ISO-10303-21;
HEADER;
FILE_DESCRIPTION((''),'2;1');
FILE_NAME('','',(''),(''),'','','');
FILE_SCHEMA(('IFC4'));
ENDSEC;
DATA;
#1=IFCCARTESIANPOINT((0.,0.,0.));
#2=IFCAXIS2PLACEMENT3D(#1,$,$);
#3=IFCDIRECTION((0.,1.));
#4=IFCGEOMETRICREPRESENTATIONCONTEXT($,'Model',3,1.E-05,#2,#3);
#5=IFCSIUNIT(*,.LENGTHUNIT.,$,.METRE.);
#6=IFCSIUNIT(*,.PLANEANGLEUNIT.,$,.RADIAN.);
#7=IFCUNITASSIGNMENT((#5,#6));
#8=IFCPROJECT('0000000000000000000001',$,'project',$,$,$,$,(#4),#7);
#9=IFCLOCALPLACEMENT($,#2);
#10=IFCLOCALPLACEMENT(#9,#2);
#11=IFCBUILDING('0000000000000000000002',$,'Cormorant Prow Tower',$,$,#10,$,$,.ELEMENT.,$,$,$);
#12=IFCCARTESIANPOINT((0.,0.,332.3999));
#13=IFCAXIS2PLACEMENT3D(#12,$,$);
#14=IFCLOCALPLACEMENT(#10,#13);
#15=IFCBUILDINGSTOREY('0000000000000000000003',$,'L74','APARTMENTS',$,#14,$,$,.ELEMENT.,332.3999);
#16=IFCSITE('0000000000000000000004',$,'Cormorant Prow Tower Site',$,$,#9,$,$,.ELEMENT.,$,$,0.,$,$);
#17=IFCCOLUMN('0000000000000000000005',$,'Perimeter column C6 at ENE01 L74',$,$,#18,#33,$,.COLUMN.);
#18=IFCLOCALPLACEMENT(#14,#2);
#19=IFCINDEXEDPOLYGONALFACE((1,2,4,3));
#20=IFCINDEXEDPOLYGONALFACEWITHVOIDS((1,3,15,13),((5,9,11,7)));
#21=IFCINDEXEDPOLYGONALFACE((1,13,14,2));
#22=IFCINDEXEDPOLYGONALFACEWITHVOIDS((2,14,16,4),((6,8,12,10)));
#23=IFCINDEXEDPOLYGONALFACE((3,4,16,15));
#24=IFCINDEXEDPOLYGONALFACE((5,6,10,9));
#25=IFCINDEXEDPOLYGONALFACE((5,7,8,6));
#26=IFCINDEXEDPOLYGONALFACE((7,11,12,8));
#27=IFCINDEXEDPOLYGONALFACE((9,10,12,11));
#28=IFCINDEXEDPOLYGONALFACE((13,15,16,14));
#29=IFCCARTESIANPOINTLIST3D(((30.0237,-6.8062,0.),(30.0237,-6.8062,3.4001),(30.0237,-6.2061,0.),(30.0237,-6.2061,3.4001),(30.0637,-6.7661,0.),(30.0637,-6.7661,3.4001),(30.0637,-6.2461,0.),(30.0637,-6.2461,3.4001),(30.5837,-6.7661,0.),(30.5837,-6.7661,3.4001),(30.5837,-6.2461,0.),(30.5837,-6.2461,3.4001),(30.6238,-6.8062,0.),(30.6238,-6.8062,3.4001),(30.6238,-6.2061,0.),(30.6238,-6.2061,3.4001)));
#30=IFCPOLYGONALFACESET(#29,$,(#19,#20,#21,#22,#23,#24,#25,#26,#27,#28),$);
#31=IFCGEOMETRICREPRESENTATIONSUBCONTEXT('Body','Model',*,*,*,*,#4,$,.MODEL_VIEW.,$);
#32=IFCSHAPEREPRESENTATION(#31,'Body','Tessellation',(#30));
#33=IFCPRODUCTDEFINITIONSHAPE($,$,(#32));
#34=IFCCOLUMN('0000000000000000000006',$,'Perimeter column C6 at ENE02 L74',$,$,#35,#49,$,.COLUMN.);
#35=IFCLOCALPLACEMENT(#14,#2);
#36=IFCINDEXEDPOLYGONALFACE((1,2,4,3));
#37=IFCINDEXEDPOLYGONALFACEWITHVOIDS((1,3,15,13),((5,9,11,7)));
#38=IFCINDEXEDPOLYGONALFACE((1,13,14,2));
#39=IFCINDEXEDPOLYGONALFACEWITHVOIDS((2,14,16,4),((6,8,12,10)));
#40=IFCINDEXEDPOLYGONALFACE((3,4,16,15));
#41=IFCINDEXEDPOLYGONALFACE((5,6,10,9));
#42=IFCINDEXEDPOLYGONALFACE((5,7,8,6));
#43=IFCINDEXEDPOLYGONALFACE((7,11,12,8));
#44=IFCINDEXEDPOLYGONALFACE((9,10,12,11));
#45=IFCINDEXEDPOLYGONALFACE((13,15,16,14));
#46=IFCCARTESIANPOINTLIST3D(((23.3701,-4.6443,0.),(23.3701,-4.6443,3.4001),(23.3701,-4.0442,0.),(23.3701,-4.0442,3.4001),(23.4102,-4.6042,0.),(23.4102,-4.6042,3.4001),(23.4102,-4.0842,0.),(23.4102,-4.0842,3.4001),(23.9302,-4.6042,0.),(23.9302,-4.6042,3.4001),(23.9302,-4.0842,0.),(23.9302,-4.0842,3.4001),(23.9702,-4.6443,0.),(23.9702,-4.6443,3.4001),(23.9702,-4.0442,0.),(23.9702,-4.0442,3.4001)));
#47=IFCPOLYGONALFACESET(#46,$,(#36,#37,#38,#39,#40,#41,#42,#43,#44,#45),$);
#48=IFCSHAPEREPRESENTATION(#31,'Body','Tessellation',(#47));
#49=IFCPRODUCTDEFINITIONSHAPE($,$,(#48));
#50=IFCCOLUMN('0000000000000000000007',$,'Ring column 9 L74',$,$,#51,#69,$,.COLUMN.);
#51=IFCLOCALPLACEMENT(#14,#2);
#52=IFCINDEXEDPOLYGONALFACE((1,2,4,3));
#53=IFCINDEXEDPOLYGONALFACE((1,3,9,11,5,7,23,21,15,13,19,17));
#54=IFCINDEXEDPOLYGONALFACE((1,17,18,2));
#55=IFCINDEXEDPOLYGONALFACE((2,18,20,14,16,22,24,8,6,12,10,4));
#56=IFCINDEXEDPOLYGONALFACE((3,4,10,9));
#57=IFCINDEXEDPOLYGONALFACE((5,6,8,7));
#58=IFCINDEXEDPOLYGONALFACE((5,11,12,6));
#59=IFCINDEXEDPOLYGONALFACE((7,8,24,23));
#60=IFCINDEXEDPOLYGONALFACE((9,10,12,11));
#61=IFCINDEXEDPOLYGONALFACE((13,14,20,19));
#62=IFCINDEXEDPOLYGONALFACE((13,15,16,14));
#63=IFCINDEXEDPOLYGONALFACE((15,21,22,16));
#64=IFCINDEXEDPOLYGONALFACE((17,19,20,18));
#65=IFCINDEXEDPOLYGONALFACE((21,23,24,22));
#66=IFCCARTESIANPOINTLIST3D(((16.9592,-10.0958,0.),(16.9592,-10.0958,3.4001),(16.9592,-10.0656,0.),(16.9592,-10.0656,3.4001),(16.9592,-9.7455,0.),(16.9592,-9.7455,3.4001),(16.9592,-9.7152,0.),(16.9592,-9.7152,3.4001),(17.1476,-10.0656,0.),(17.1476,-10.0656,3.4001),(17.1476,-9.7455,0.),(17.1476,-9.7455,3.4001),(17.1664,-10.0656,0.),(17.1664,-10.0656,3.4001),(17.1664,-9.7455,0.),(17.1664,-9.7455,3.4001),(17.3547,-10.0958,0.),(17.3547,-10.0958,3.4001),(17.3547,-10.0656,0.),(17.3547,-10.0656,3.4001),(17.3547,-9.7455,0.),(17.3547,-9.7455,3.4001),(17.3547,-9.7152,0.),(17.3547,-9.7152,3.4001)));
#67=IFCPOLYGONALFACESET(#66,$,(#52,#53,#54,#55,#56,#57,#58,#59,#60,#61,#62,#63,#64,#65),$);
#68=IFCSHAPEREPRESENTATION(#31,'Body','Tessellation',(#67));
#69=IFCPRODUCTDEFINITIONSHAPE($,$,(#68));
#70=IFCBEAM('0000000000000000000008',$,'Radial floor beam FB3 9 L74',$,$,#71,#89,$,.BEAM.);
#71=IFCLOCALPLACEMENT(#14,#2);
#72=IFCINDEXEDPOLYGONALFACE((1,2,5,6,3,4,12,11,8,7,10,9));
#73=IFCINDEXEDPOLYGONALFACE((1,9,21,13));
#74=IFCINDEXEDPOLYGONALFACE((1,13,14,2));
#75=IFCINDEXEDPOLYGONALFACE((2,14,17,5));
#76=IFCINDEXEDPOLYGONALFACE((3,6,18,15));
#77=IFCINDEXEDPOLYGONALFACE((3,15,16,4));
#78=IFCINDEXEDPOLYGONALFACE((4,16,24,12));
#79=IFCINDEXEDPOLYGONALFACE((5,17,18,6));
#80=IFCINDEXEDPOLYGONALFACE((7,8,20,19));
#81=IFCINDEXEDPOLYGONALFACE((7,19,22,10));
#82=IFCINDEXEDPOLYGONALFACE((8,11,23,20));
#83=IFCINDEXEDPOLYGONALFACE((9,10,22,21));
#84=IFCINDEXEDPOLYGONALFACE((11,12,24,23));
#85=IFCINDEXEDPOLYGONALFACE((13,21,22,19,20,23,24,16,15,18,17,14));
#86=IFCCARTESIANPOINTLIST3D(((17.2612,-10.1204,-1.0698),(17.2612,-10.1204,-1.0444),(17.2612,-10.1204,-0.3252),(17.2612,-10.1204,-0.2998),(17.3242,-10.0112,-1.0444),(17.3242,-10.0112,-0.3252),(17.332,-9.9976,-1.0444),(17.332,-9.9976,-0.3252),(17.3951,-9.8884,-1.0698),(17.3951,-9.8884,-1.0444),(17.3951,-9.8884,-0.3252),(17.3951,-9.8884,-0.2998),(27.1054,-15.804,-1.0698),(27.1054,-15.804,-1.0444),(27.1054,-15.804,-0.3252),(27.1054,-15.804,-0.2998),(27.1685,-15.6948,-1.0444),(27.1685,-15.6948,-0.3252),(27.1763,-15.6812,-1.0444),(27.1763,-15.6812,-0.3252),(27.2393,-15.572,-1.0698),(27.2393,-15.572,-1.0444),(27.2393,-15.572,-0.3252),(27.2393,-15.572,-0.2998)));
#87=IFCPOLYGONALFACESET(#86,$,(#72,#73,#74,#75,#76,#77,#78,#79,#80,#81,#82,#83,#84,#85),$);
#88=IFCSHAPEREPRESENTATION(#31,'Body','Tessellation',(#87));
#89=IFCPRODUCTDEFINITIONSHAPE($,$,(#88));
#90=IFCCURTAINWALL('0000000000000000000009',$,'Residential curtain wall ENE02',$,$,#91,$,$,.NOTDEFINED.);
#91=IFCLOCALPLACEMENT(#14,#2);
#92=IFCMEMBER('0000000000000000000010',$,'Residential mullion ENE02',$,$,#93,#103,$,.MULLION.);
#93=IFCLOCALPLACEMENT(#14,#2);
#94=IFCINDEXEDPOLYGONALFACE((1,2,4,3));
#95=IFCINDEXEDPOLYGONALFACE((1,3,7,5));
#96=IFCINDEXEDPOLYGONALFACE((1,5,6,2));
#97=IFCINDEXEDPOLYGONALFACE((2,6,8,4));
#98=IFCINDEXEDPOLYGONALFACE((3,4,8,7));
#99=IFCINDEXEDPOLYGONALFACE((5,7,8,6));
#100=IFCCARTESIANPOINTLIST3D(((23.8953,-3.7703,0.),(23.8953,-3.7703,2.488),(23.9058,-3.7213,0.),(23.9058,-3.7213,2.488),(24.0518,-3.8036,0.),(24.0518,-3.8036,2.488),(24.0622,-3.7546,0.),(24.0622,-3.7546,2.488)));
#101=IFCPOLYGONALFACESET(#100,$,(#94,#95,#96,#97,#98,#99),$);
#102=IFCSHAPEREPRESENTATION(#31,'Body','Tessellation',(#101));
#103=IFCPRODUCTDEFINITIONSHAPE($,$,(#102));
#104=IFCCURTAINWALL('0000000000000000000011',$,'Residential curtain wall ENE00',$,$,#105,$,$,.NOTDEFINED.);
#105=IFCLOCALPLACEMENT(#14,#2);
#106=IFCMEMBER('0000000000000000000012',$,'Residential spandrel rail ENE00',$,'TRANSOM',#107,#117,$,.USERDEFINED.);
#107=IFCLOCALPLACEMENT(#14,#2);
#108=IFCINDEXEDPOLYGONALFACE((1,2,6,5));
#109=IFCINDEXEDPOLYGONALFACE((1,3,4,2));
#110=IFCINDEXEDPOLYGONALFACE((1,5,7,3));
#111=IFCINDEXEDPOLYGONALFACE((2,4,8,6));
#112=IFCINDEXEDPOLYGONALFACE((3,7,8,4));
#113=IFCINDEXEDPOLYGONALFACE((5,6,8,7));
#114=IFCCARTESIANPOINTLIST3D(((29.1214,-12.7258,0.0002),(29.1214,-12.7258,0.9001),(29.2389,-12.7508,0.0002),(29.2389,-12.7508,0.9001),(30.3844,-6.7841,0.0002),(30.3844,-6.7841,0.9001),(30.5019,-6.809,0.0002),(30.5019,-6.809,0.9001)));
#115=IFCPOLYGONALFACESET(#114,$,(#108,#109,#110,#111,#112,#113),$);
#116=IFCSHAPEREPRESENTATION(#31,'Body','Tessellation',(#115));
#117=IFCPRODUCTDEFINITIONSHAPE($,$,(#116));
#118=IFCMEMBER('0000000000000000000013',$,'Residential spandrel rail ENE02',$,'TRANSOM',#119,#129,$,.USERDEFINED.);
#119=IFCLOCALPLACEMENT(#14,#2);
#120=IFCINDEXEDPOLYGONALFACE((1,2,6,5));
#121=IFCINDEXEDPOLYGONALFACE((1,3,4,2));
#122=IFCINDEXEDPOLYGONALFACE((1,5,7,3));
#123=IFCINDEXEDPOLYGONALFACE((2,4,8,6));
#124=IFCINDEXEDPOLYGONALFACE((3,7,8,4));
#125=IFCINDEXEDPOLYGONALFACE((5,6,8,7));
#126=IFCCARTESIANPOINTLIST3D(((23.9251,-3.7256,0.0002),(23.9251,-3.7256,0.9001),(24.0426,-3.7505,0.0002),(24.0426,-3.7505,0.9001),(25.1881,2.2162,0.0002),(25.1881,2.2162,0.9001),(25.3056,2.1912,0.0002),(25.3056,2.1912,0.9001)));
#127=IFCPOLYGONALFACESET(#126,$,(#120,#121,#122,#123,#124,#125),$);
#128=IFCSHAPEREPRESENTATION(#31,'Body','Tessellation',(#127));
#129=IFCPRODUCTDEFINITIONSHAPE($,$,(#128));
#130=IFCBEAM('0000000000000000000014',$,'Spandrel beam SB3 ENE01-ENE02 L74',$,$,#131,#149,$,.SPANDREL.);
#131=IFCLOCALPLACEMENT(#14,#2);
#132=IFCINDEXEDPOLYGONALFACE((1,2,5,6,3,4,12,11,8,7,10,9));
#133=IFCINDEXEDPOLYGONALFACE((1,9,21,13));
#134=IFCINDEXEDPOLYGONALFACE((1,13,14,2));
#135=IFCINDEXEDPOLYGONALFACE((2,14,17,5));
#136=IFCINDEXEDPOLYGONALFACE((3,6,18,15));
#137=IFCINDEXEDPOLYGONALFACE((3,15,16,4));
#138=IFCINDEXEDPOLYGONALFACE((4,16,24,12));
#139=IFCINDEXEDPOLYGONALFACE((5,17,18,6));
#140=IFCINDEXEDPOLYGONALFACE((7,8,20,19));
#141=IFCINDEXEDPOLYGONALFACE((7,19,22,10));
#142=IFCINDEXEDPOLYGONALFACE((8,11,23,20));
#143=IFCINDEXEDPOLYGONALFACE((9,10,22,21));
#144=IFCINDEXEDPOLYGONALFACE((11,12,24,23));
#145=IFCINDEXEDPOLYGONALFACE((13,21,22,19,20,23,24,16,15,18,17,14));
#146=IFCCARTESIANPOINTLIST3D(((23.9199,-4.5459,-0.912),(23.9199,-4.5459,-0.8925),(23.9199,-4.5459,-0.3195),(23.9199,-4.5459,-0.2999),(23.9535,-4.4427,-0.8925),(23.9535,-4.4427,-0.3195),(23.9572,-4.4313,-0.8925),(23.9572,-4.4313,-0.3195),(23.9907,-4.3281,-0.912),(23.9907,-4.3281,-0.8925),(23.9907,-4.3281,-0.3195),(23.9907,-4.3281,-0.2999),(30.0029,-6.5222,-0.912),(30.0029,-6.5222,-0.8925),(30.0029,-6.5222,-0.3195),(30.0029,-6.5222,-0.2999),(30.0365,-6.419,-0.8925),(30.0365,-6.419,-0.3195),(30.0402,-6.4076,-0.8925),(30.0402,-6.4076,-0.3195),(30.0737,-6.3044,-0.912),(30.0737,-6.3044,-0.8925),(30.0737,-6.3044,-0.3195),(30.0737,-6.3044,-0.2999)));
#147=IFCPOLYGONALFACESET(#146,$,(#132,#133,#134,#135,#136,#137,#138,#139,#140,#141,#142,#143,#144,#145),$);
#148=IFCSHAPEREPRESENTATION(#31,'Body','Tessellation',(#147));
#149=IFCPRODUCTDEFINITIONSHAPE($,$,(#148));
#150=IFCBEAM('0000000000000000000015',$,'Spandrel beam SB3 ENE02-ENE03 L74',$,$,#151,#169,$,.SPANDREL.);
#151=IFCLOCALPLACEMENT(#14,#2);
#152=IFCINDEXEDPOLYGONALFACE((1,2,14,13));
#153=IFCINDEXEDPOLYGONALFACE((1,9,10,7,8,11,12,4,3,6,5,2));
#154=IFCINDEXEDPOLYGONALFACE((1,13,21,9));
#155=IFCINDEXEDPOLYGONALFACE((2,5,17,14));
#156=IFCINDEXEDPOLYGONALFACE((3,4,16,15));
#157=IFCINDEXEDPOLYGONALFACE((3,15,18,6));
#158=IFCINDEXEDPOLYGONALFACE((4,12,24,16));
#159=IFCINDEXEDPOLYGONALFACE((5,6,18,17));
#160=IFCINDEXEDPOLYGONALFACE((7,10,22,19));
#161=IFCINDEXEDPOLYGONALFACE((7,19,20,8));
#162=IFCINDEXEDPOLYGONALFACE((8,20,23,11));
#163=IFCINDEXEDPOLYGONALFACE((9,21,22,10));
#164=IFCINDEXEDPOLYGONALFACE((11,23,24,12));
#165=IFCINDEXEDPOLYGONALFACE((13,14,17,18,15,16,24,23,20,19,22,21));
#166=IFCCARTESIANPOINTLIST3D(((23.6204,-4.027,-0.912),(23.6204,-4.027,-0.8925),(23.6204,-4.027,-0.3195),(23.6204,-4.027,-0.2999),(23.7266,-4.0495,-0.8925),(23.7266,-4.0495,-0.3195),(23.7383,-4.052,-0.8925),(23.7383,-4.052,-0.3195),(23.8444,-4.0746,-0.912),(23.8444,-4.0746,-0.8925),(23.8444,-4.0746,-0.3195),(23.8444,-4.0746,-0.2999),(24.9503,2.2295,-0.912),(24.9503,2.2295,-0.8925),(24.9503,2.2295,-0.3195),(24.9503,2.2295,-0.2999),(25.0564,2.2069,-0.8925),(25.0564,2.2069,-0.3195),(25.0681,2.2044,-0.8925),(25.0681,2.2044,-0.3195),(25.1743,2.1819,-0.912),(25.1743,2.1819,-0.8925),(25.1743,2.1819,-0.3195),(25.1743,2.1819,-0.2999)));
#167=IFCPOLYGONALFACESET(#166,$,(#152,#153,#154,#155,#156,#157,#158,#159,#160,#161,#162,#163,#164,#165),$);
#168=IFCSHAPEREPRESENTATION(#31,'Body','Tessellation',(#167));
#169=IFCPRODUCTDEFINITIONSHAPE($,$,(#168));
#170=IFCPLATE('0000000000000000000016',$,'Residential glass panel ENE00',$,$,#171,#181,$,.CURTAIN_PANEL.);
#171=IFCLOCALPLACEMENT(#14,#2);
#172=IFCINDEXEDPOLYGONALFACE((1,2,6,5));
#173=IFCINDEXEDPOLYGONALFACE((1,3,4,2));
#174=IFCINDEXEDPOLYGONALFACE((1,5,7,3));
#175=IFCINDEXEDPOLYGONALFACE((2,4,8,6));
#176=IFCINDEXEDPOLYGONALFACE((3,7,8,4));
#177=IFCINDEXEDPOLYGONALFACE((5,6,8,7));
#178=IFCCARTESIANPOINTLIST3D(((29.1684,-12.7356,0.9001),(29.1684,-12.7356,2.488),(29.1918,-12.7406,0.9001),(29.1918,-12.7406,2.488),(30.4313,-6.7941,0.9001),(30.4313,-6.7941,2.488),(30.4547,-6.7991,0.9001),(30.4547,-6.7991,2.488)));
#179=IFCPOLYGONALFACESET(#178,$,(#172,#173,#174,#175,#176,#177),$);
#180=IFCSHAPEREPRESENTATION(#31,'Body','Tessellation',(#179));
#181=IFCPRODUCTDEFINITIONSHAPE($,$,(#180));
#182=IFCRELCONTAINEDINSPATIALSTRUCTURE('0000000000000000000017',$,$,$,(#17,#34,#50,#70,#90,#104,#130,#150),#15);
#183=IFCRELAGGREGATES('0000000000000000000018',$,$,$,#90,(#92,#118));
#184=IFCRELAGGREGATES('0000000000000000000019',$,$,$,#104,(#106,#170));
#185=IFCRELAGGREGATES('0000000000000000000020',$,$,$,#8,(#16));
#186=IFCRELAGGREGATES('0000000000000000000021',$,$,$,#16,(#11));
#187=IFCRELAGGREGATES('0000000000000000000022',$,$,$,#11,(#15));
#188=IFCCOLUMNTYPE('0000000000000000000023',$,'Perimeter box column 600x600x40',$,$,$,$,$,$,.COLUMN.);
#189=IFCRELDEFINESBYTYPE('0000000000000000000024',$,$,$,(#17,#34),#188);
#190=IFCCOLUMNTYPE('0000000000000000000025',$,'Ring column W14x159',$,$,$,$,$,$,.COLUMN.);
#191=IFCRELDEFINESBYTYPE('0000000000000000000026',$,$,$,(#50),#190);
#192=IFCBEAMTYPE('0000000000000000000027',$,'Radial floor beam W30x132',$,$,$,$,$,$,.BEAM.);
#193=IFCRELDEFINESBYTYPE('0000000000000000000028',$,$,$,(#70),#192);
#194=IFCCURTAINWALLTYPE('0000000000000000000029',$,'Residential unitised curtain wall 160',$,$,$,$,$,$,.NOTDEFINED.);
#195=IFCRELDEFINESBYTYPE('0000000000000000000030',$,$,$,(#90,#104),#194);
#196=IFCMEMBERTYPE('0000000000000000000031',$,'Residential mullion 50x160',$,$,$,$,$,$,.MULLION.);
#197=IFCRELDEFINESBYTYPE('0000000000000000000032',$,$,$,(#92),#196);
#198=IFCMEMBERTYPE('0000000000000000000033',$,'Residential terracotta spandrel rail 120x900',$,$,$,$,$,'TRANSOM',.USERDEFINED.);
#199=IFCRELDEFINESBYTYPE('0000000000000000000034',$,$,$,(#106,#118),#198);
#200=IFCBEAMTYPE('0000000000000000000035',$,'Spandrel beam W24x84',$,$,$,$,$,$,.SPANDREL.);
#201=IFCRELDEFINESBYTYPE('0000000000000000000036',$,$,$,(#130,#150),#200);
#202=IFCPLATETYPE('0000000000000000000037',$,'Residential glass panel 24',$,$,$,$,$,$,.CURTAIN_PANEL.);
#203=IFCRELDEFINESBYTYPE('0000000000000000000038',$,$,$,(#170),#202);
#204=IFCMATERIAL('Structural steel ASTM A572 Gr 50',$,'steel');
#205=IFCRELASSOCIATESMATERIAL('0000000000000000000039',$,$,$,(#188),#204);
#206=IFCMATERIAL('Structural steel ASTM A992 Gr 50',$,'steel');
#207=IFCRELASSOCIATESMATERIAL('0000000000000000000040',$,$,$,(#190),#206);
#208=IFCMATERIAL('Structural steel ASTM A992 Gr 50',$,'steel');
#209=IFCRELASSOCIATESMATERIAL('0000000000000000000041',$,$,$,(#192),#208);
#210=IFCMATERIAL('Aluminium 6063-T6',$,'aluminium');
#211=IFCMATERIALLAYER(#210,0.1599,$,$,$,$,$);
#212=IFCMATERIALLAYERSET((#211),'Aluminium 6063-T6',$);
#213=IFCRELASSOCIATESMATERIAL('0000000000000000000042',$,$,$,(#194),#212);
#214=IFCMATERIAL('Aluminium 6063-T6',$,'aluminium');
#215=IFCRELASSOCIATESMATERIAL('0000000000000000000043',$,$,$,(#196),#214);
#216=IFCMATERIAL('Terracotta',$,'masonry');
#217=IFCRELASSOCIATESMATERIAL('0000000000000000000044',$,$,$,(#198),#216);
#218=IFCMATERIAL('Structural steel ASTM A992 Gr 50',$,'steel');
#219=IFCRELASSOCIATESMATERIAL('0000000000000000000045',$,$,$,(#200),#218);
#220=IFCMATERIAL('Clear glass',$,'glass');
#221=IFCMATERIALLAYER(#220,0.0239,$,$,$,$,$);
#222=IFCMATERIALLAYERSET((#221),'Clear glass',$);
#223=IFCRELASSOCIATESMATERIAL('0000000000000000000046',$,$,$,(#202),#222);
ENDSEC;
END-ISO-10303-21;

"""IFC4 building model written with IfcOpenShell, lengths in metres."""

from ifc_helpers import new_model, si_unit, direction, frame, origin, origin_2d, place, context, subcontext, project, spatial, rectangle, hollow_rectangle, i_section, extrude, material, layer, layer_set, material_profile, profile_set, type_object, element, aggregate, save


model = new_model("IFC4")

# Units and contexts
model_context = context("Model", 3, precision=1e-05, world=origin(), true_north=direction((0.0, 1.0)))
body_context = subcontext(model_context, "Body", "Model", "MODEL_VIEW")
ifc_project = project(units=[si_unit("LENGTHUNIT", "METRE"), si_unit("PLANEANGLEUNIT", "RADIAN")], contexts=[model_context])

# Site, building, storey
site_placement = place(None, origin())
site = spatial("IfcSite", under=ifc_project, at=site_placement, Name="Cormorant Prow Tower Site", CompositionType="ELEMENT", RefElevation=0.0)
building_placement = place(site_placement, origin())
building = spatial("IfcBuilding", under=site, at=building_placement, Name="Cormorant Prow Tower", CompositionType="ELEMENT")
storey_placement = place(building_placement, frame((0.0, 0.0, 332.3999)))
storey = spatial("IfcBuildingStorey", under=building, at=storey_placement, Name="L74", Description="APARTMENTS", CompositionType="ELEMENT", Elevation=332.3999)

# Columns
ifc_material_1 = material(Name="Structural steel ASTM A572 Gr 50", Category="steel")
ifc_material_profile_1 = material_profile(ifc_material_1, hollow_rectangle(XDim=0.6001, YDim=0.6001, WallThickness=0.04, at=origin_2d()), Name="Box 600x600x40")
ifc_profile_set_1 = profile_set([ifc_material_profile_1], Name="Structural steel ASTM A572 Gr 50")
column_type_1 = type_object("IfcColumnType", Name="Perimeter box column 600x600x40", PredefinedType="COLUMN", material=ifc_profile_set_1)
for number, where, z_axis, x_axis, name in (
    (1, (30.3237, -6.5061, 0.0), (0.0, 0.0, 1.0), (1.0, 0.0, 0.0), "Perimeter column C6 at ENE01 L74"),
    (2, (23.6702, -4.3442, 0.0), (0.0, 0.0, 1.0), (1.0, 0.0, 0.0), "Perimeter column C6 at ENE02 L74"),
):
    element("IfcColumn", number, at=place(storey_placement, frame(where, z_axis=z_axis, x_axis=x_axis)), inside=storey, type_object=column_type_1, Name=name, PredefinedType="COLUMN", context=body_context, shape_type="SweptSolid", body=[
        extrude(hollow_rectangle(XDim=0.6001, YDim=0.6001, WallThickness=0.04, at=origin_2d()), origin(), (0.0, 0.0, 1.0), 3.4001),
    ])
ifc_material_2 = material(Name="Structural steel ASTM A992 Gr 50", Category="steel")
ifc_material_profile_2 = material_profile(ifc_material_2, i_section(OverallWidth=0.3955, OverallDepth=0.3806, WebThickness=0.0188, FlangeThickness=0.0303, at=origin_2d()), Name="W14x159")
ifc_profile_set_2 = profile_set([ifc_material_profile_2], Name="Structural steel ASTM A992 Gr 50")
column_type_2 = type_object("IfcColumnType", Name="Ring column W14x159", PredefinedType="COLUMN", material=ifc_profile_set_2)
column_placement = place(storey_placement, frame((17.157, -9.9055, 0.0), z_axis=(0.0, 0.0, 1.0), x_axis=(1.0, 0.0, 0.0)))
element("IfcColumn", 3, at=column_placement, inside=storey, type_object=column_type_2, Name="Ring column 9 L74", PredefinedType="COLUMN", context=body_context, shape_type="SweptSolid", body=[
    extrude(i_section(OverallWidth=0.3955, OverallDepth=0.3806, WebThickness=0.0188, FlangeThickness=0.0303, at=origin_2d()), origin(), (0.0, 0.0, 1.0), 3.4001),
])

# Beam
ifc_material_3 = material(Name="Structural steel ASTM A992 Gr 50", Category="steel")
ifc_material_profile_3 = material_profile(ifc_material_3, i_section(OverallWidth=0.2678, OverallDepth=0.77, WebThickness=0.0156, FlangeThickness=0.0254, at=origin_2d()), Name="W30x132")
ifc_profile_set_3 = profile_set([ifc_material_profile_3], Name="Structural steel ASTM A992 Gr 50")
beam_type_1 = type_object("IfcBeamType", Name="Radial floor beam W30x132", PredefinedType="BEAM", material=ifc_profile_set_3)
beam_1_placement = place(storey_placement, frame((17.3281, -10.0044, -0.6848), z_axis=(0.866025, -0.500001, 0.0), x_axis=(0.500001, 0.866025, 0.0)))
element("IfcBeam", 4, at=beam_1_placement, inside=storey, type_object=beam_type_1, Name="Radial floor beam FB3 9 L74", PredefinedType="BEAM", context=body_context, shape_type="SweptSolid", body=[
    extrude(i_section(OverallWidth=0.2678, OverallDepth=0.77, WebThickness=0.0156, FlangeThickness=0.0254, at=origin_2d()), origin(), (0.0, 0.0, 1.0), 11.3672),
])

# Curtain walls, members
ifc_material_4 = material(Name="Aluminium 6063-T6", Category="aluminium")
ifc_layer_1 = layer(ifc_material_4, 0.1599)
ifc_layer_set_1 = layer_set([ifc_layer_1], Name="Aluminium 6063-T6")
curtain_wall_type = type_object("IfcCurtainWallType", Name="Residential unitised curtain wall 160", PredefinedType="NOTDEFINED", material=ifc_layer_set_1)
curtain_wall_1_placement = place(storey_placement, origin())
curtain_wall_1 = element("IfcCurtainWall", 5, at=curtain_wall_1_placement, inside=storey, type_object=curtain_wall_type, Name="Residential curtain wall ENE02", PredefinedType="NOTDEFINED")
ifc_material_5 = material(Name="Aluminium 6063-T6", Category="aluminium")
ifc_material_profile_4 = material_profile(ifc_material_5, rectangle(XDim=0.1599, YDim=0.05, at=origin_2d()), Name="Residential mullion 50x160")
ifc_profile_set_4 = profile_set([ifc_material_profile_4], Name="Aluminium 6063-T6")
member_type_1 = type_object("IfcMemberType", Name="Residential mullion 50x160", PredefinedType="MULLION", material=ifc_profile_set_4)
member_1_placement = place(storey_placement, frame((23.9788, -3.7625, 0.0), z_axis=(0.0, 0.0, 1.0), x_axis=(-0.978148, 0.207912, 0.0)))
member_1 = element("IfcMember", 6, at=member_1_placement, type_object=member_type_1, Name="Residential mullion ENE02", PredefinedType="MULLION", context=body_context, shape_type="SweptSolid", body=[
    extrude(rectangle(XDim=0.1599, YDim=0.05, at=origin_2d()), origin(), (0.0, 0.0, 1.0), 2.488),
])
curtain_wall_2_placement = place(storey_placement, origin())
curtain_wall_2 = element("IfcCurtainWall", 7, at=curtain_wall_2_placement, inside=storey, type_object=curtain_wall_type, Name="Residential curtain wall ENE00", PredefinedType="NOTDEFINED")
ifc_material_6 = material(Name="Terracotta", Category="masonry")
ifc_material_profile_5 = material_profile(ifc_material_6, rectangle(XDim=0.1201, YDim=0.8999, at=origin_2d()), Name="Residential terracotta spandrel rail 120x900")
ifc_profile_set_5 = profile_set([ifc_material_profile_5], Name="Terracotta")
member_type_2 = type_object("IfcMemberType", Name="Residential terracotta spandrel rail 120x900", ElementType="TRANSOM", PredefinedType="USERDEFINED", material=ifc_profile_set_5)
member_2_placement = place(storey_placement, frame((29.1802, -12.7383, 0.4502), z_axis=(0.207912, 0.978148, 0.0), x_axis=(-0.978148, 0.207912, 0.0)))
member_2 = element("IfcMember", 8, at=member_2_placement, type_object=member_type_2, Name="Residential spandrel rail ENE00", ObjectType="TRANSOM", PredefinedType="USERDEFINED", context=body_context, shape_type="SweptSolid", body=[
    extrude(rectangle(XDim=0.1201, YDim=0.8999, at=origin_2d()), origin(), (0.0, 0.0, 1.0), 6.0745),
])

# Member
member_3_placement = place(storey_placement, frame((23.9839, -3.738, 0.4502), z_axis=(0.207912, 0.978148, 0.0), x_axis=(-0.978148, 0.207912, 0.0)))
member_3 = element("IfcMember", 9, at=member_3_placement, type_object=member_type_2, Name="Residential spandrel rail ENE02", ObjectType="TRANSOM", PredefinedType="USERDEFINED", context=body_context, shape_type="SweptSolid", body=[
    extrude(rectangle(XDim=0.1201, YDim=0.8999, at=origin_2d()), origin(), (0.0, 0.0, 1.0), 6.0745),
])
aggregate(curtain_wall_1, [member_1, member_3])

# Beams
ifc_material_7 = material(Name="Structural steel ASTM A992 Gr 50", Category="steel")
ifc_material_profile_6 = material_profile(ifc_material_7, i_section(OverallWidth=0.229, OverallDepth=0.6121, WebThickness=0.012, FlangeThickness=0.0195, at=origin_2d()), Name="W24x84")
ifc_profile_set_6 = profile_set([ifc_material_profile_6], Name="Structural steel ASTM A992 Gr 50")
beam_type_2 = type_object("IfcBeamType", Name="Spandrel beam W24x84", PredefinedType="SPANDREL", material=ifc_profile_set_6)
beam_2_placement = place(storey_placement, frame((30.0383, -6.4133, -0.606), z_axis=(-0.951064, 0.308993, 0.0), x_axis=(-0.308993, -0.951064, 0.0)))
element("IfcBeam", 10, at=beam_2_placement, inside=storey, type_object=beam_type_2, Name="Spandrel beam SB3 ENE01-ENE02 L74", PredefinedType="SPANDREL", context=body_context, shape_type="SweptSolid", body=[
    extrude(i_section(OverallWidth=0.229, OverallDepth=0.6121, WebThickness=0.012, FlangeThickness=0.0195, at=origin_2d()), origin(), (0.0, 0.0, 1.0), 6.396),
])
beam_3_placement = place(storey_placement, frame((23.7324, -4.0508, -0.606), z_axis=(0.207913, 0.978147, 0.0), x_axis=(-0.978147, 0.207913, 0.0)))
element("IfcBeam", 11, at=beam_3_placement, inside=storey, type_object=beam_type_2, Name="Spandrel beam SB3 ENE02-ENE03 L74", PredefinedType="SPANDREL", context=body_context, shape_type="SweptSolid", body=[
    extrude(i_section(OverallWidth=0.229, OverallDepth=0.6121, WebThickness=0.012, FlangeThickness=0.0195, at=origin_2d()), origin(), (0.0, 0.0, 1.0), 6.3962),
])

# Plate
ifc_material_8 = material(Name="Clear glass", Category="glass")
ifc_layer_2 = layer(ifc_material_8, 0.0239)
ifc_layer_set_2 = layer_set([ifc_layer_2], Name="Clear glass")
plate_type = type_object("IfcPlateType", Name="Residential glass panel 24", PredefinedType="CURTAIN_PANEL", material=ifc_layer_set_2)
plate_placement = place(storey_placement, frame((29.8115, -9.7673, 0.9001), z_axis=(0.0, 0.0, 1.0), x_axis=(0.207912, 0.978148, 0.0)))
plate = element("IfcPlate", 12, at=plate_placement, type_object=plate_type, Name="Residential glass panel ENE00", PredefinedType="CURTAIN_PANEL", context=body_context, shape_type="SweptSolid", body=[
    extrude(rectangle(XDim=6.0742, YDim=0.0239, at=origin_2d()), origin(), (0.0, 0.0, 1.0), 1.5879),
])
aggregate(curtain_wall_2, [member_2, plate])

save(model, "model.ifc")
